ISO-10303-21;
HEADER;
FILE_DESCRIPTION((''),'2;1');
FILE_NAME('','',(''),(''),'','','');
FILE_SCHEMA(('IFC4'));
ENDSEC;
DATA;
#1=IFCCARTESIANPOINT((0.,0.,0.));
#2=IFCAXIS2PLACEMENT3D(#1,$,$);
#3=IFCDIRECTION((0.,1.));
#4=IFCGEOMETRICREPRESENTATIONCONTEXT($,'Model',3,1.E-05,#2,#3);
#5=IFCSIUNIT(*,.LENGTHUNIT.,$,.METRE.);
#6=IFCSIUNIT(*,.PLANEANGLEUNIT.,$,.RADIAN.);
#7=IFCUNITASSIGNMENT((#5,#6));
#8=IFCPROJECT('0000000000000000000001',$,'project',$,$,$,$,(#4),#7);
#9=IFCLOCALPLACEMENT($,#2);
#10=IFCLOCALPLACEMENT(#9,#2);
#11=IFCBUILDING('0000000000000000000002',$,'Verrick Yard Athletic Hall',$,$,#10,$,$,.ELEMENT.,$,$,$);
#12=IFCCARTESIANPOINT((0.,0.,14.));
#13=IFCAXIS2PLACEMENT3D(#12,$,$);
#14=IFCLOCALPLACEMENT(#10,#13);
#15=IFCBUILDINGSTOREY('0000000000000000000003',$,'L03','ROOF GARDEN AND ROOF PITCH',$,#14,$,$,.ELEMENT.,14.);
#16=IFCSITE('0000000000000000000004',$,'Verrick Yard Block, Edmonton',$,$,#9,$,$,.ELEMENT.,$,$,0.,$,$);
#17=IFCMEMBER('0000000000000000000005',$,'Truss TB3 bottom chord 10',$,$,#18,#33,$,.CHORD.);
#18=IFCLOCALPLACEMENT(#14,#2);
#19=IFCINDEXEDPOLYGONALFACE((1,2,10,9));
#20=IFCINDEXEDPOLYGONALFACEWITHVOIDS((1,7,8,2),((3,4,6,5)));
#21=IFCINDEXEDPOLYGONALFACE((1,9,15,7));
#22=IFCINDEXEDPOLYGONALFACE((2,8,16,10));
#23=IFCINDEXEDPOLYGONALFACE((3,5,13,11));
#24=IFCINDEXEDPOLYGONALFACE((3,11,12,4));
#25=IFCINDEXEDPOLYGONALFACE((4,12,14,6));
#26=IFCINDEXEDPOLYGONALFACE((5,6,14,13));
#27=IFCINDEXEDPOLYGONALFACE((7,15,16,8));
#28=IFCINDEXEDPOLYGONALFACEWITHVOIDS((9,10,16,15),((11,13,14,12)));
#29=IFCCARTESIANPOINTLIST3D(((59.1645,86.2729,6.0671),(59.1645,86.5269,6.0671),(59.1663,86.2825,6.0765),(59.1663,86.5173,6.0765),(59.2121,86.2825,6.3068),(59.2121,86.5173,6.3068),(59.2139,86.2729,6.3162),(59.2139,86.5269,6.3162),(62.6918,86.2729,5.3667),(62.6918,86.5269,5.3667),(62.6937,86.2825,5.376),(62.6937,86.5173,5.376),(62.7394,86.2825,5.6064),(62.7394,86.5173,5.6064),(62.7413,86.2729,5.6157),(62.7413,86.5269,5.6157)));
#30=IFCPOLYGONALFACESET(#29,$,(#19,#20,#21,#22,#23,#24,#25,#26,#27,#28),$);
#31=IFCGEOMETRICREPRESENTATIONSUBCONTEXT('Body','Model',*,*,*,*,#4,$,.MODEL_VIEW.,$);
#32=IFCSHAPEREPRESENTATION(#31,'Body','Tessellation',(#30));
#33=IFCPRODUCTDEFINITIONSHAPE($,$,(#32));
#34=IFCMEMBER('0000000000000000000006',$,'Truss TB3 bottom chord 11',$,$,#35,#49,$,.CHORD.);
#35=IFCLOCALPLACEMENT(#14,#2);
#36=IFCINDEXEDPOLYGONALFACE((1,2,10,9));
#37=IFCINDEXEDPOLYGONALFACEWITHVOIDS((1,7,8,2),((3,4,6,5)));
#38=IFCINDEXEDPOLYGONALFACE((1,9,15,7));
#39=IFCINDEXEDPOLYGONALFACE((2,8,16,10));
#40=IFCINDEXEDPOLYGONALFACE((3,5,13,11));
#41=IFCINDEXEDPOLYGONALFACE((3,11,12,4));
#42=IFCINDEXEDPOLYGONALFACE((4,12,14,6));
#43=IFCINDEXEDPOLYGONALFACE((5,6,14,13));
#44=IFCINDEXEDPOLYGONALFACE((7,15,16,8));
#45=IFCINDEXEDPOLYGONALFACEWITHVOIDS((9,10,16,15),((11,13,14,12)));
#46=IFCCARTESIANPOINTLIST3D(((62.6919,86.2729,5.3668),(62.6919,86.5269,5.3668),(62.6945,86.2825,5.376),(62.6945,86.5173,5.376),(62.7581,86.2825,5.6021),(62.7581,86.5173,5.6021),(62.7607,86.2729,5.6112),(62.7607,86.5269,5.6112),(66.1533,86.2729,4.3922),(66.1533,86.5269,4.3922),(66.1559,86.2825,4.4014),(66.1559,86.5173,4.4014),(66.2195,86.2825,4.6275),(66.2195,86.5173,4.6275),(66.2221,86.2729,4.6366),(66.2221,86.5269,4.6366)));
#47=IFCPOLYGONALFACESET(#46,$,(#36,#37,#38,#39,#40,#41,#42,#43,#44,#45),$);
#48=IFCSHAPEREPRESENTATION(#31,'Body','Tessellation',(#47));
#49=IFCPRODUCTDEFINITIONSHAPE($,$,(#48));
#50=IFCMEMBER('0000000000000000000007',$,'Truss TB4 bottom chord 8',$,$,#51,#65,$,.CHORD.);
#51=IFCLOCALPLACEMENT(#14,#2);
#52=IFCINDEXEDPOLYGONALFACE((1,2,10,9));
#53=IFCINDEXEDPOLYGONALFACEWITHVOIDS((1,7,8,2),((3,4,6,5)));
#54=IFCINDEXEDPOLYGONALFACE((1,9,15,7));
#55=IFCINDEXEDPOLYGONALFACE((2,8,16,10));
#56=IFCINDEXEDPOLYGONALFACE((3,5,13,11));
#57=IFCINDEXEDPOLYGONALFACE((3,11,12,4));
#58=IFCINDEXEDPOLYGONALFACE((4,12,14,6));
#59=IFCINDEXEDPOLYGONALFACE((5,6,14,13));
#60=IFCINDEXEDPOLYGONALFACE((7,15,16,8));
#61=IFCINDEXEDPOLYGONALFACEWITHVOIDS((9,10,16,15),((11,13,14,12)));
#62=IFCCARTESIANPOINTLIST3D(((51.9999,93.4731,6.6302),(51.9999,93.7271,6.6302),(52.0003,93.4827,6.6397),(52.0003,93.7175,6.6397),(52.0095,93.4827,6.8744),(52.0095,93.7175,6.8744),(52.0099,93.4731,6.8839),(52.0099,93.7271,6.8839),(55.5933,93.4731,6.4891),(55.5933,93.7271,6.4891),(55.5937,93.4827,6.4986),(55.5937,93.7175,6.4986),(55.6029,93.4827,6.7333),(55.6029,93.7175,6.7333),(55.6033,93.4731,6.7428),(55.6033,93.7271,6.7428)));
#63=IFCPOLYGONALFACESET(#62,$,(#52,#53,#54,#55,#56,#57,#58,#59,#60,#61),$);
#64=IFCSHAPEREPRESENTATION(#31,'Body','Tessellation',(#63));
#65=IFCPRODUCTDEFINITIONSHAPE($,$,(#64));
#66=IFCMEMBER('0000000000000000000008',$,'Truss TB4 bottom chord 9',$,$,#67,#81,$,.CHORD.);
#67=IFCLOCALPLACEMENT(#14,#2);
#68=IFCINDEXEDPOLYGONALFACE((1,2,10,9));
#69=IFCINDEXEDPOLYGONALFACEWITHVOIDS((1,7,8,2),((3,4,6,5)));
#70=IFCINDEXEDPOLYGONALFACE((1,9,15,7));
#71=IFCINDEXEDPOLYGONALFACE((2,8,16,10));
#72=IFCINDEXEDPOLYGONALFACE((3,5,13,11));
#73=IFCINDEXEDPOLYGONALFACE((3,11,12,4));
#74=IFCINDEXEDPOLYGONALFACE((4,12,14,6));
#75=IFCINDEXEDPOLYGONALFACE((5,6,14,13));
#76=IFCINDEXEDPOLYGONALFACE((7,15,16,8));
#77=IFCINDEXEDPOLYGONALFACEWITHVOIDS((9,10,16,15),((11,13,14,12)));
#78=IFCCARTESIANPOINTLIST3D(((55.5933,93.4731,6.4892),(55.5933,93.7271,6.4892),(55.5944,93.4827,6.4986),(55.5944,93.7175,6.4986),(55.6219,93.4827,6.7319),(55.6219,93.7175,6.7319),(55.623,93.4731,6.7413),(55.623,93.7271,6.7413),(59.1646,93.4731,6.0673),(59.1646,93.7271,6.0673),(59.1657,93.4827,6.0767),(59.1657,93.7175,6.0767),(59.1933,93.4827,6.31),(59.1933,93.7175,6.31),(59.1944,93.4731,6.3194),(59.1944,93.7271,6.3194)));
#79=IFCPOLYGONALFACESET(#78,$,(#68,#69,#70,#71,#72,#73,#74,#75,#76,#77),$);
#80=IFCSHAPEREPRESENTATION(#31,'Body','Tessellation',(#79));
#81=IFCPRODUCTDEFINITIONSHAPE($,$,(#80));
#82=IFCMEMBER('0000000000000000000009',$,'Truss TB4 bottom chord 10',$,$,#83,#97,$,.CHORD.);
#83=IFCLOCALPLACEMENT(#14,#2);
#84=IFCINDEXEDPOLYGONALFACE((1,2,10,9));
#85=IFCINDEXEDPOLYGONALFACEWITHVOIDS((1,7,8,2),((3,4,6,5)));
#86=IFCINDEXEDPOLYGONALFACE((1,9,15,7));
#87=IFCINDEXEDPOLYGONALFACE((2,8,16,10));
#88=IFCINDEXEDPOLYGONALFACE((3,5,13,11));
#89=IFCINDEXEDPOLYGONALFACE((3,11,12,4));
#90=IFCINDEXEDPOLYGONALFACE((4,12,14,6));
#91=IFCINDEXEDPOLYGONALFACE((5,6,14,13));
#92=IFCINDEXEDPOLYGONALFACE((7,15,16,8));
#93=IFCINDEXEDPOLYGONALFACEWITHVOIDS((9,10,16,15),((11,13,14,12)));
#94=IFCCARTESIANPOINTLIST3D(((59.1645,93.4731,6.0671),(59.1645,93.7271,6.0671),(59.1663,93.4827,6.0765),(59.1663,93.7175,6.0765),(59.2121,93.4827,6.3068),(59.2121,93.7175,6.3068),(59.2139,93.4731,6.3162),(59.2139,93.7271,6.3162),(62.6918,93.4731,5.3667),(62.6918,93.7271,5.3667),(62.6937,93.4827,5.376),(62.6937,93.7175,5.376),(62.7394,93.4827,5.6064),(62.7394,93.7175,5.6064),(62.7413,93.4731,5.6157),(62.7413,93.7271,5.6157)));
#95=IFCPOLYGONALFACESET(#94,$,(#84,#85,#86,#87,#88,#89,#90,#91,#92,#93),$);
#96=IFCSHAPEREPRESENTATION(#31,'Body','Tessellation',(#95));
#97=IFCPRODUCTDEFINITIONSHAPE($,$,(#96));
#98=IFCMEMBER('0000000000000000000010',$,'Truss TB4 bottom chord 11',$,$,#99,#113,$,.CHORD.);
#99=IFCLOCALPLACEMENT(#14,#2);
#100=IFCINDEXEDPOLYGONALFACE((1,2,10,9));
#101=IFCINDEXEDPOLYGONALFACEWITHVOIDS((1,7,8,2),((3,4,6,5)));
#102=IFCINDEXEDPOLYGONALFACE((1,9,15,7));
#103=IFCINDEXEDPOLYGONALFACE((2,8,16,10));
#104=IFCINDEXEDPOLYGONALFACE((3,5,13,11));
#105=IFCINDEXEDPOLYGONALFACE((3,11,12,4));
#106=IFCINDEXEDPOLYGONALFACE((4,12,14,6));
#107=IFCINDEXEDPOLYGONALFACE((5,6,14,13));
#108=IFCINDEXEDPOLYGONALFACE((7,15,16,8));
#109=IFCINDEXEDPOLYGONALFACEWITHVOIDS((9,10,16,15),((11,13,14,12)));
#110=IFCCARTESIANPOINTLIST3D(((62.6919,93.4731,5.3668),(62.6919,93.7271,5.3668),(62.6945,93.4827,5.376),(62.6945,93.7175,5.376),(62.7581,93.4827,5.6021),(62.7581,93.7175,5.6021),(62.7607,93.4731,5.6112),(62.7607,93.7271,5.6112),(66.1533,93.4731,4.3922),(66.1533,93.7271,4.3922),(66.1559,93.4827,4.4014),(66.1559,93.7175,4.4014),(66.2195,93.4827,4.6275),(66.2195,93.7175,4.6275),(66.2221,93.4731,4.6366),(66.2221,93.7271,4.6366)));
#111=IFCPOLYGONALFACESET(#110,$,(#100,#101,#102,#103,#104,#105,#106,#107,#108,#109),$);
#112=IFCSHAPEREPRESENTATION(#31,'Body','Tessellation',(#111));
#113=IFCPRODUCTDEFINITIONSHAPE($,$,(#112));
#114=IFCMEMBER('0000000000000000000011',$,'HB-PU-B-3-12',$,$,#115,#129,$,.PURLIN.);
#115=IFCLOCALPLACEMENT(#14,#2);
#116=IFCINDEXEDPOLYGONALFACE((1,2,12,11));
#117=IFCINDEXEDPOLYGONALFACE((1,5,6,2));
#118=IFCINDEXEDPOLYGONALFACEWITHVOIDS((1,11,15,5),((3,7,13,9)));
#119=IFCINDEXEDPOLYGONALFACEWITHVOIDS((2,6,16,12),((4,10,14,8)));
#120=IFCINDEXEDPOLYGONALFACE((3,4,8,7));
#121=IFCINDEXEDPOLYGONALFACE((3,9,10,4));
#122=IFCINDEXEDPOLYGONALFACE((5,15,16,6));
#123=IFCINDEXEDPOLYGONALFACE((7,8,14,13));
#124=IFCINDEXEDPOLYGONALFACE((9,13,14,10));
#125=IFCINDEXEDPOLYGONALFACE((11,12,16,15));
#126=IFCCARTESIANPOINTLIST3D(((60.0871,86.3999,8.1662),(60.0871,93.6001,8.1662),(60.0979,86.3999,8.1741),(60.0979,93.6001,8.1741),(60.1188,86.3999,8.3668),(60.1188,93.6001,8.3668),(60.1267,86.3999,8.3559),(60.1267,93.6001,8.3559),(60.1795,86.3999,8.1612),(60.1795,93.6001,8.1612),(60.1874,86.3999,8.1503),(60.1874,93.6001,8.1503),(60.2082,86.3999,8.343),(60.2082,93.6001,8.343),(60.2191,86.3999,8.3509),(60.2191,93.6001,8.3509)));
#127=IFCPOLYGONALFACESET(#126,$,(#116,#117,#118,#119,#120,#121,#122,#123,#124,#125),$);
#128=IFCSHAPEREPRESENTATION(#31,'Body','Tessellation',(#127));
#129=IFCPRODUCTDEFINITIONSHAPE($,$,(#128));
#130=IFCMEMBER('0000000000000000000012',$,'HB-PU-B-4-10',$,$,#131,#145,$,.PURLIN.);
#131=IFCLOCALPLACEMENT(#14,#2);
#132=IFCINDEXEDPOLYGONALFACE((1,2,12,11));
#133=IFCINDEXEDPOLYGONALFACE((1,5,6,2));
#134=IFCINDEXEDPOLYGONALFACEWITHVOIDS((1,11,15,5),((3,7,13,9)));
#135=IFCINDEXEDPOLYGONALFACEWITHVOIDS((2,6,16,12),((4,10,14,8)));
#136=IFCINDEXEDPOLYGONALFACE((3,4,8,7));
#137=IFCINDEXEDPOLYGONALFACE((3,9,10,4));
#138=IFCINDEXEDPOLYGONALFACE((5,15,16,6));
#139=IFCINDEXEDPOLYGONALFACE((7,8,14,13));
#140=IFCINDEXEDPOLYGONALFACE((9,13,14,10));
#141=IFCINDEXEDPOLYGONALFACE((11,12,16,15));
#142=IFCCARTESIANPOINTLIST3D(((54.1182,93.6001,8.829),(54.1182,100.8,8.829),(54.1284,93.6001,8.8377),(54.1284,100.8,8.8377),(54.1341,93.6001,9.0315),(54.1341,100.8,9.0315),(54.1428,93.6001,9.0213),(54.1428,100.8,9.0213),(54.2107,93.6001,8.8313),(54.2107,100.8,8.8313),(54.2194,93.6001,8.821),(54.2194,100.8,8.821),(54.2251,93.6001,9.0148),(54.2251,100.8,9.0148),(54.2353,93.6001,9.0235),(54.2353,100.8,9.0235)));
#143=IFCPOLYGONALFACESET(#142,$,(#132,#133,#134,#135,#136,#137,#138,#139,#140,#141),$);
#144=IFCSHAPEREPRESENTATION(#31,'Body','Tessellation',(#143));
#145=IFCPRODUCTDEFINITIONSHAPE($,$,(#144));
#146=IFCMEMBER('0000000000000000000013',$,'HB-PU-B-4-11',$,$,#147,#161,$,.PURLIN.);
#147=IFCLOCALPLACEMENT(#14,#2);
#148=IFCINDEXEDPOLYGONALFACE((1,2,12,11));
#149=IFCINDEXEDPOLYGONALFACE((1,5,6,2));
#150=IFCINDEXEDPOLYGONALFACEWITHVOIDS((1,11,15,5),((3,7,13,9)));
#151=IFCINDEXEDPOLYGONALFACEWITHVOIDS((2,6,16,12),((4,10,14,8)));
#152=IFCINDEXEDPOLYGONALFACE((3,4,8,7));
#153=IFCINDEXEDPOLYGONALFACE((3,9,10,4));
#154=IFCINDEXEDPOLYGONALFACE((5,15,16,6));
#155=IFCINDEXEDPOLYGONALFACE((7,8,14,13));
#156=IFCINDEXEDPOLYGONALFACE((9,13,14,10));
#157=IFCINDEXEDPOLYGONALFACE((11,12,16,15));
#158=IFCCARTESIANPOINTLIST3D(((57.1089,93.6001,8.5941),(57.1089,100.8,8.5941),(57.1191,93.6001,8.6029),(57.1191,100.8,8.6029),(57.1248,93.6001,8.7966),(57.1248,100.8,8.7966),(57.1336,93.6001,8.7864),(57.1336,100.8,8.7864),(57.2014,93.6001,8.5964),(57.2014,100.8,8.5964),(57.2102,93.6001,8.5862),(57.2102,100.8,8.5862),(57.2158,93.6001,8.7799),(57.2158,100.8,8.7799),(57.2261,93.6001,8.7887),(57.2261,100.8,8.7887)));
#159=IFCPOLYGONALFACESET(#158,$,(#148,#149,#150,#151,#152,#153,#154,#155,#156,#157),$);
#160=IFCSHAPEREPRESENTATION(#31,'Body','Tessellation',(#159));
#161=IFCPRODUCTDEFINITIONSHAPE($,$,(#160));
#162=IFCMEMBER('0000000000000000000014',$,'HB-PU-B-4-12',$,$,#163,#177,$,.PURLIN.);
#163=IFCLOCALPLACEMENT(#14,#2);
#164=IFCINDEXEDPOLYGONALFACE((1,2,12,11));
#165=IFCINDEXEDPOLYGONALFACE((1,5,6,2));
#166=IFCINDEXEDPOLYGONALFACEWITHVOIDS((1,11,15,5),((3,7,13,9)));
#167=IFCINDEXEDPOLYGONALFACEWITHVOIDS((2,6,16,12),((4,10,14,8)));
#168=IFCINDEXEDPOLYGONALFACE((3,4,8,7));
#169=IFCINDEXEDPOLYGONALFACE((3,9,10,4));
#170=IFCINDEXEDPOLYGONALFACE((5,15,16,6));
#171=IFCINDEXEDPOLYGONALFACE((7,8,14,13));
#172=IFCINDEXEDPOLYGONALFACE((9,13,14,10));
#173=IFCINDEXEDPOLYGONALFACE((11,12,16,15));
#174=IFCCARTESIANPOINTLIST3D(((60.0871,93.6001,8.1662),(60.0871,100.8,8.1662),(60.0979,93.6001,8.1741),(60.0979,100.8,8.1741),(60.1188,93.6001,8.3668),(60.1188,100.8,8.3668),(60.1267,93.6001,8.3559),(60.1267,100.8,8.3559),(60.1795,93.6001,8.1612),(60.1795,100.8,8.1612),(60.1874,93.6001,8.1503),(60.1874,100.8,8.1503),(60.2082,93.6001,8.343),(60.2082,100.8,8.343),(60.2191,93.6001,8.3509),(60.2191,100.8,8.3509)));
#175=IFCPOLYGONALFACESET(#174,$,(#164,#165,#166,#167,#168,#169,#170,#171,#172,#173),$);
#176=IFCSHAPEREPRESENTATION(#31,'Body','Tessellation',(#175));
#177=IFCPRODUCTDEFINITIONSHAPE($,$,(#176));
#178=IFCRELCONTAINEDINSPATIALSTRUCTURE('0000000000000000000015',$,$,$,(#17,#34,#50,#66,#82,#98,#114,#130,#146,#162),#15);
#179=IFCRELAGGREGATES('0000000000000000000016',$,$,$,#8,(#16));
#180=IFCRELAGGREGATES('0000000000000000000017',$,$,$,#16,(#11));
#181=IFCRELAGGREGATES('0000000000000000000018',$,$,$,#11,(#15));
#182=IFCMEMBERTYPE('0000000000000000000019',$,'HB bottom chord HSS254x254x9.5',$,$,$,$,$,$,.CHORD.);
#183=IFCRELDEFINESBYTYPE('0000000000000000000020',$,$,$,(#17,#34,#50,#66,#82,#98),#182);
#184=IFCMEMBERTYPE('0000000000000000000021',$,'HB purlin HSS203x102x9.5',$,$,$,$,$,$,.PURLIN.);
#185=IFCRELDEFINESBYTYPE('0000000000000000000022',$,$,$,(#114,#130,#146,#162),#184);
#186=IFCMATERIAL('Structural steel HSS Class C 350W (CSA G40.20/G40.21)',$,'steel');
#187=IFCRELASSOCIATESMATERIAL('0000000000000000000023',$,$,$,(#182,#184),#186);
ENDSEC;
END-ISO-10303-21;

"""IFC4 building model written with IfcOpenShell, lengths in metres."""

from ifc_helpers import new_model, si_unit, direction, frame, origin, origin_2d, place, context, subcontext, project, spatial, hollow_rectangle, extrude, material, material_profile, profile_set, type_object, element, save


model = new_model("IFC4")

# Units and contexts
model_context = context("Model", 3, precision=1e-05, world=origin(), true_north=direction((0.0, 1.0)))
body_context = subcontext(model_context, "Body", "Model", "MODEL_VIEW")
ifc_project = project(units=[si_unit("LENGTHUNIT", "METRE"), si_unit("PLANEANGLEUNIT", "RADIAN")], contexts=[model_context])

# Site, building, storey
site_placement = place(None, origin())
site = spatial("IfcSite", under=ifc_project, at=site_placement, Name="Verrick Yard Block, Edmonton", CompositionType="ELEMENT", RefElevation=0.0)
building_placement = place(site_placement, origin())
building = spatial("IfcBuilding", under=site, at=building_placement, Name="Verrick Yard Athletic Hall", CompositionType="ELEMENT")
storey_placement = place(building_placement, frame((0.0, 0.0, 14.0)))
storey = spatial("IfcBuildingStorey", under=building, at=storey_placement, Name="L03", Description="ROOF GARDEN AND ROOF PITCH", CompositionType="ELEMENT", Elevation=14.0)

# Members
ifc_material_1 = material(Name="Structural steel HSS Class C 350W (CSA G40.20/G40.21)", Category="steel")
ifc_material_profile_1 = material_profile(ifc_material_1, hollow_rectangle(XDim=0.2539, YDim=0.2539, WallThickness=0.0095, at=origin_2d()), Name="HSS254x254x9.5")
ifc_profile_set_1 = profile_set([ifc_material_profile_1], Name="Structural steel HSS Class C 350W (CSA G40.20/G40.21)")
member_type_1 = type_object("IfcMemberType", Name="HB bottom chord HSS254x254x9.5", PredefinedType="CHORD", material=ifc_profile_set_1)
member_1_placement = place(storey_placement, frame((59.1892, 86.3999, 6.1917), z_axis=(0.980849, 0.0, -0.194771), x_axis=(0.0, 1.0, 0.0)))
element("IfcMember", 1, at=member_1_placement, inside=storey, type_object=member_type_1, Name="Truss TB3 bottom chord 10", PredefinedType="CHORD", context=body_context, shape_type="SweptSolid", body=[
    extrude(hollow_rectangle(XDim=0.2539, YDim=0.2539, WallThickness=0.0095, at=origin_2d()), origin(), (0.0, 0.0, 1.0), 3.5962),
])
member_2_placement = place(storey_placement, frame((62.7263, 86.3999, 5.489), z_axis=(0.962572, 0.0, -0.271025), x_axis=(0.0, 1.0, 0.0)))
element("IfcMember", 2, at=member_2_placement, inside=storey, type_object=member_type_1, Name="Truss TB3 bottom chord 11", PredefinedType="CHORD", context=body_context, shape_type="SweptSolid", body=[
    extrude(hollow_rectangle(XDim=0.2539, YDim=0.2539, WallThickness=0.0095, at=origin_2d()), origin(), (0.0, 0.0, 1.0), 3.5959),
])
for number, where, z_axis, x_axis, name in (
    (3, (52.0049, 93.6001, 6.7571), (0.99923, 0.0, -0.039239), (0.0, 1.0, 0.0), "Truss TB4 bottom chord 8"),
    (4, (55.6082, 93.6001, 6.6152), (0.993095, 0.0, -0.117314), (0.0, 1.0, 0.0), "Truss TB4 bottom chord 9"),
    (5, (59.1892, 93.6001, 6.1917), (0.980849, 0.0, -0.194771), (0.0, 1.0, 0.0), "Truss TB4 bottom chord 10"),
):
    element("IfcMember", number, at=place(storey_placement, frame(where, z_axis=z_axis, x_axis=x_axis)), inside=storey, type_object=member_type_1, Name=name, PredefinedType="CHORD", context=body_context, shape_type="SweptSolid", body=[
        extrude(hollow_rectangle(XDim=0.2539, YDim=0.2539, WallThickness=0.0095, at=origin_2d()), origin(), (0.0, 0.0, 1.0), 3.5962),
    ])
member_3_placement = place(storey_placement, frame((62.7263, 93.6001, 5.489), z_axis=(0.962572, 0.0, -0.271025), x_axis=(0.0, 1.0, 0.0)))
element("IfcMember", 6, at=member_3_placement, inside=storey, type_object=member_type_1, Name="Truss TB4 bottom chord 11", PredefinedType="CHORD", context=body_context, shape_type="SweptSolid", body=[
    extrude(hollow_rectangle(XDim=0.2539, YDim=0.2539, WallThickness=0.0095, at=origin_2d()), origin(), (0.0, 0.0, 1.0), 3.5959),
])
ifc_material_profile_2 = material_profile(ifc_material_1, hollow_rectangle(XDim=0.1016, YDim=0.2031, WallThickness=0.0095, at=origin_2d()), Name="HSS203x102x9.5")
ifc_profile_set_2 = profile_set([ifc_material_profile_2], Name="Structural steel HSS Class C 350W (CSA G40.20/G40.21)")
member_type_2 = type_object("IfcMemberType", Name="HB purlin HSS203x102x9.5", PredefinedType="PURLIN", material=ifc_profile_set_2)
member_4_placement = place(storey_placement, frame((60.1531, 86.3999, 8.2585), z_axis=(0.0, 1.0, 0.0), x_axis=(-0.987728, 0.0, 0.156183)))
element("IfcMember", 7, at=member_4_placement, inside=storey, type_object=member_type_2, Name="HB-PU-B-3-12", PredefinedType="PURLIN", context=body_context, shape_type="SweptSolid", body=[
    extrude(hollow_rectangle(XDim=0.1016, YDim=0.2031, WallThickness=0.0095, at=origin_2d()), origin(), (0.0, 0.0, 1.0), 7.2002),
])
for number, where, z_axis, x_axis, name in (
    (8, (54.1768, 93.6001, 8.9263), (0.0, 1.0, 0.0), (-0.996927, 0.0, 0.078332), "HB-PU-B-4-10"),
    (9, (57.1675, 93.6001, 8.6914), (0.0, 1.0, 0.0), (-0.996927, 0.0, 0.078332), "HB-PU-B-4-11"),
    (10, (60.1531, 93.6001, 8.2585), (0.0, 1.0, 0.0), (-0.987728, 0.0, 0.156183), "HB-PU-B-4-12"),
):
    element("IfcMember", number, at=place(storey_placement, frame(where, z_axis=z_axis, x_axis=x_axis)), inside=storey, type_object=member_type_2, Name=name, PredefinedType="PURLIN", context=body_context, shape_type="SweptSolid", body=[
        extrude(hollow_rectangle(XDim=0.1016, YDim=0.2031, WallThickness=0.0095, at=origin_2d()), origin(), (0.0, 0.0, 1.0), 7.2),
    ])

save(model, "model.ifc")
